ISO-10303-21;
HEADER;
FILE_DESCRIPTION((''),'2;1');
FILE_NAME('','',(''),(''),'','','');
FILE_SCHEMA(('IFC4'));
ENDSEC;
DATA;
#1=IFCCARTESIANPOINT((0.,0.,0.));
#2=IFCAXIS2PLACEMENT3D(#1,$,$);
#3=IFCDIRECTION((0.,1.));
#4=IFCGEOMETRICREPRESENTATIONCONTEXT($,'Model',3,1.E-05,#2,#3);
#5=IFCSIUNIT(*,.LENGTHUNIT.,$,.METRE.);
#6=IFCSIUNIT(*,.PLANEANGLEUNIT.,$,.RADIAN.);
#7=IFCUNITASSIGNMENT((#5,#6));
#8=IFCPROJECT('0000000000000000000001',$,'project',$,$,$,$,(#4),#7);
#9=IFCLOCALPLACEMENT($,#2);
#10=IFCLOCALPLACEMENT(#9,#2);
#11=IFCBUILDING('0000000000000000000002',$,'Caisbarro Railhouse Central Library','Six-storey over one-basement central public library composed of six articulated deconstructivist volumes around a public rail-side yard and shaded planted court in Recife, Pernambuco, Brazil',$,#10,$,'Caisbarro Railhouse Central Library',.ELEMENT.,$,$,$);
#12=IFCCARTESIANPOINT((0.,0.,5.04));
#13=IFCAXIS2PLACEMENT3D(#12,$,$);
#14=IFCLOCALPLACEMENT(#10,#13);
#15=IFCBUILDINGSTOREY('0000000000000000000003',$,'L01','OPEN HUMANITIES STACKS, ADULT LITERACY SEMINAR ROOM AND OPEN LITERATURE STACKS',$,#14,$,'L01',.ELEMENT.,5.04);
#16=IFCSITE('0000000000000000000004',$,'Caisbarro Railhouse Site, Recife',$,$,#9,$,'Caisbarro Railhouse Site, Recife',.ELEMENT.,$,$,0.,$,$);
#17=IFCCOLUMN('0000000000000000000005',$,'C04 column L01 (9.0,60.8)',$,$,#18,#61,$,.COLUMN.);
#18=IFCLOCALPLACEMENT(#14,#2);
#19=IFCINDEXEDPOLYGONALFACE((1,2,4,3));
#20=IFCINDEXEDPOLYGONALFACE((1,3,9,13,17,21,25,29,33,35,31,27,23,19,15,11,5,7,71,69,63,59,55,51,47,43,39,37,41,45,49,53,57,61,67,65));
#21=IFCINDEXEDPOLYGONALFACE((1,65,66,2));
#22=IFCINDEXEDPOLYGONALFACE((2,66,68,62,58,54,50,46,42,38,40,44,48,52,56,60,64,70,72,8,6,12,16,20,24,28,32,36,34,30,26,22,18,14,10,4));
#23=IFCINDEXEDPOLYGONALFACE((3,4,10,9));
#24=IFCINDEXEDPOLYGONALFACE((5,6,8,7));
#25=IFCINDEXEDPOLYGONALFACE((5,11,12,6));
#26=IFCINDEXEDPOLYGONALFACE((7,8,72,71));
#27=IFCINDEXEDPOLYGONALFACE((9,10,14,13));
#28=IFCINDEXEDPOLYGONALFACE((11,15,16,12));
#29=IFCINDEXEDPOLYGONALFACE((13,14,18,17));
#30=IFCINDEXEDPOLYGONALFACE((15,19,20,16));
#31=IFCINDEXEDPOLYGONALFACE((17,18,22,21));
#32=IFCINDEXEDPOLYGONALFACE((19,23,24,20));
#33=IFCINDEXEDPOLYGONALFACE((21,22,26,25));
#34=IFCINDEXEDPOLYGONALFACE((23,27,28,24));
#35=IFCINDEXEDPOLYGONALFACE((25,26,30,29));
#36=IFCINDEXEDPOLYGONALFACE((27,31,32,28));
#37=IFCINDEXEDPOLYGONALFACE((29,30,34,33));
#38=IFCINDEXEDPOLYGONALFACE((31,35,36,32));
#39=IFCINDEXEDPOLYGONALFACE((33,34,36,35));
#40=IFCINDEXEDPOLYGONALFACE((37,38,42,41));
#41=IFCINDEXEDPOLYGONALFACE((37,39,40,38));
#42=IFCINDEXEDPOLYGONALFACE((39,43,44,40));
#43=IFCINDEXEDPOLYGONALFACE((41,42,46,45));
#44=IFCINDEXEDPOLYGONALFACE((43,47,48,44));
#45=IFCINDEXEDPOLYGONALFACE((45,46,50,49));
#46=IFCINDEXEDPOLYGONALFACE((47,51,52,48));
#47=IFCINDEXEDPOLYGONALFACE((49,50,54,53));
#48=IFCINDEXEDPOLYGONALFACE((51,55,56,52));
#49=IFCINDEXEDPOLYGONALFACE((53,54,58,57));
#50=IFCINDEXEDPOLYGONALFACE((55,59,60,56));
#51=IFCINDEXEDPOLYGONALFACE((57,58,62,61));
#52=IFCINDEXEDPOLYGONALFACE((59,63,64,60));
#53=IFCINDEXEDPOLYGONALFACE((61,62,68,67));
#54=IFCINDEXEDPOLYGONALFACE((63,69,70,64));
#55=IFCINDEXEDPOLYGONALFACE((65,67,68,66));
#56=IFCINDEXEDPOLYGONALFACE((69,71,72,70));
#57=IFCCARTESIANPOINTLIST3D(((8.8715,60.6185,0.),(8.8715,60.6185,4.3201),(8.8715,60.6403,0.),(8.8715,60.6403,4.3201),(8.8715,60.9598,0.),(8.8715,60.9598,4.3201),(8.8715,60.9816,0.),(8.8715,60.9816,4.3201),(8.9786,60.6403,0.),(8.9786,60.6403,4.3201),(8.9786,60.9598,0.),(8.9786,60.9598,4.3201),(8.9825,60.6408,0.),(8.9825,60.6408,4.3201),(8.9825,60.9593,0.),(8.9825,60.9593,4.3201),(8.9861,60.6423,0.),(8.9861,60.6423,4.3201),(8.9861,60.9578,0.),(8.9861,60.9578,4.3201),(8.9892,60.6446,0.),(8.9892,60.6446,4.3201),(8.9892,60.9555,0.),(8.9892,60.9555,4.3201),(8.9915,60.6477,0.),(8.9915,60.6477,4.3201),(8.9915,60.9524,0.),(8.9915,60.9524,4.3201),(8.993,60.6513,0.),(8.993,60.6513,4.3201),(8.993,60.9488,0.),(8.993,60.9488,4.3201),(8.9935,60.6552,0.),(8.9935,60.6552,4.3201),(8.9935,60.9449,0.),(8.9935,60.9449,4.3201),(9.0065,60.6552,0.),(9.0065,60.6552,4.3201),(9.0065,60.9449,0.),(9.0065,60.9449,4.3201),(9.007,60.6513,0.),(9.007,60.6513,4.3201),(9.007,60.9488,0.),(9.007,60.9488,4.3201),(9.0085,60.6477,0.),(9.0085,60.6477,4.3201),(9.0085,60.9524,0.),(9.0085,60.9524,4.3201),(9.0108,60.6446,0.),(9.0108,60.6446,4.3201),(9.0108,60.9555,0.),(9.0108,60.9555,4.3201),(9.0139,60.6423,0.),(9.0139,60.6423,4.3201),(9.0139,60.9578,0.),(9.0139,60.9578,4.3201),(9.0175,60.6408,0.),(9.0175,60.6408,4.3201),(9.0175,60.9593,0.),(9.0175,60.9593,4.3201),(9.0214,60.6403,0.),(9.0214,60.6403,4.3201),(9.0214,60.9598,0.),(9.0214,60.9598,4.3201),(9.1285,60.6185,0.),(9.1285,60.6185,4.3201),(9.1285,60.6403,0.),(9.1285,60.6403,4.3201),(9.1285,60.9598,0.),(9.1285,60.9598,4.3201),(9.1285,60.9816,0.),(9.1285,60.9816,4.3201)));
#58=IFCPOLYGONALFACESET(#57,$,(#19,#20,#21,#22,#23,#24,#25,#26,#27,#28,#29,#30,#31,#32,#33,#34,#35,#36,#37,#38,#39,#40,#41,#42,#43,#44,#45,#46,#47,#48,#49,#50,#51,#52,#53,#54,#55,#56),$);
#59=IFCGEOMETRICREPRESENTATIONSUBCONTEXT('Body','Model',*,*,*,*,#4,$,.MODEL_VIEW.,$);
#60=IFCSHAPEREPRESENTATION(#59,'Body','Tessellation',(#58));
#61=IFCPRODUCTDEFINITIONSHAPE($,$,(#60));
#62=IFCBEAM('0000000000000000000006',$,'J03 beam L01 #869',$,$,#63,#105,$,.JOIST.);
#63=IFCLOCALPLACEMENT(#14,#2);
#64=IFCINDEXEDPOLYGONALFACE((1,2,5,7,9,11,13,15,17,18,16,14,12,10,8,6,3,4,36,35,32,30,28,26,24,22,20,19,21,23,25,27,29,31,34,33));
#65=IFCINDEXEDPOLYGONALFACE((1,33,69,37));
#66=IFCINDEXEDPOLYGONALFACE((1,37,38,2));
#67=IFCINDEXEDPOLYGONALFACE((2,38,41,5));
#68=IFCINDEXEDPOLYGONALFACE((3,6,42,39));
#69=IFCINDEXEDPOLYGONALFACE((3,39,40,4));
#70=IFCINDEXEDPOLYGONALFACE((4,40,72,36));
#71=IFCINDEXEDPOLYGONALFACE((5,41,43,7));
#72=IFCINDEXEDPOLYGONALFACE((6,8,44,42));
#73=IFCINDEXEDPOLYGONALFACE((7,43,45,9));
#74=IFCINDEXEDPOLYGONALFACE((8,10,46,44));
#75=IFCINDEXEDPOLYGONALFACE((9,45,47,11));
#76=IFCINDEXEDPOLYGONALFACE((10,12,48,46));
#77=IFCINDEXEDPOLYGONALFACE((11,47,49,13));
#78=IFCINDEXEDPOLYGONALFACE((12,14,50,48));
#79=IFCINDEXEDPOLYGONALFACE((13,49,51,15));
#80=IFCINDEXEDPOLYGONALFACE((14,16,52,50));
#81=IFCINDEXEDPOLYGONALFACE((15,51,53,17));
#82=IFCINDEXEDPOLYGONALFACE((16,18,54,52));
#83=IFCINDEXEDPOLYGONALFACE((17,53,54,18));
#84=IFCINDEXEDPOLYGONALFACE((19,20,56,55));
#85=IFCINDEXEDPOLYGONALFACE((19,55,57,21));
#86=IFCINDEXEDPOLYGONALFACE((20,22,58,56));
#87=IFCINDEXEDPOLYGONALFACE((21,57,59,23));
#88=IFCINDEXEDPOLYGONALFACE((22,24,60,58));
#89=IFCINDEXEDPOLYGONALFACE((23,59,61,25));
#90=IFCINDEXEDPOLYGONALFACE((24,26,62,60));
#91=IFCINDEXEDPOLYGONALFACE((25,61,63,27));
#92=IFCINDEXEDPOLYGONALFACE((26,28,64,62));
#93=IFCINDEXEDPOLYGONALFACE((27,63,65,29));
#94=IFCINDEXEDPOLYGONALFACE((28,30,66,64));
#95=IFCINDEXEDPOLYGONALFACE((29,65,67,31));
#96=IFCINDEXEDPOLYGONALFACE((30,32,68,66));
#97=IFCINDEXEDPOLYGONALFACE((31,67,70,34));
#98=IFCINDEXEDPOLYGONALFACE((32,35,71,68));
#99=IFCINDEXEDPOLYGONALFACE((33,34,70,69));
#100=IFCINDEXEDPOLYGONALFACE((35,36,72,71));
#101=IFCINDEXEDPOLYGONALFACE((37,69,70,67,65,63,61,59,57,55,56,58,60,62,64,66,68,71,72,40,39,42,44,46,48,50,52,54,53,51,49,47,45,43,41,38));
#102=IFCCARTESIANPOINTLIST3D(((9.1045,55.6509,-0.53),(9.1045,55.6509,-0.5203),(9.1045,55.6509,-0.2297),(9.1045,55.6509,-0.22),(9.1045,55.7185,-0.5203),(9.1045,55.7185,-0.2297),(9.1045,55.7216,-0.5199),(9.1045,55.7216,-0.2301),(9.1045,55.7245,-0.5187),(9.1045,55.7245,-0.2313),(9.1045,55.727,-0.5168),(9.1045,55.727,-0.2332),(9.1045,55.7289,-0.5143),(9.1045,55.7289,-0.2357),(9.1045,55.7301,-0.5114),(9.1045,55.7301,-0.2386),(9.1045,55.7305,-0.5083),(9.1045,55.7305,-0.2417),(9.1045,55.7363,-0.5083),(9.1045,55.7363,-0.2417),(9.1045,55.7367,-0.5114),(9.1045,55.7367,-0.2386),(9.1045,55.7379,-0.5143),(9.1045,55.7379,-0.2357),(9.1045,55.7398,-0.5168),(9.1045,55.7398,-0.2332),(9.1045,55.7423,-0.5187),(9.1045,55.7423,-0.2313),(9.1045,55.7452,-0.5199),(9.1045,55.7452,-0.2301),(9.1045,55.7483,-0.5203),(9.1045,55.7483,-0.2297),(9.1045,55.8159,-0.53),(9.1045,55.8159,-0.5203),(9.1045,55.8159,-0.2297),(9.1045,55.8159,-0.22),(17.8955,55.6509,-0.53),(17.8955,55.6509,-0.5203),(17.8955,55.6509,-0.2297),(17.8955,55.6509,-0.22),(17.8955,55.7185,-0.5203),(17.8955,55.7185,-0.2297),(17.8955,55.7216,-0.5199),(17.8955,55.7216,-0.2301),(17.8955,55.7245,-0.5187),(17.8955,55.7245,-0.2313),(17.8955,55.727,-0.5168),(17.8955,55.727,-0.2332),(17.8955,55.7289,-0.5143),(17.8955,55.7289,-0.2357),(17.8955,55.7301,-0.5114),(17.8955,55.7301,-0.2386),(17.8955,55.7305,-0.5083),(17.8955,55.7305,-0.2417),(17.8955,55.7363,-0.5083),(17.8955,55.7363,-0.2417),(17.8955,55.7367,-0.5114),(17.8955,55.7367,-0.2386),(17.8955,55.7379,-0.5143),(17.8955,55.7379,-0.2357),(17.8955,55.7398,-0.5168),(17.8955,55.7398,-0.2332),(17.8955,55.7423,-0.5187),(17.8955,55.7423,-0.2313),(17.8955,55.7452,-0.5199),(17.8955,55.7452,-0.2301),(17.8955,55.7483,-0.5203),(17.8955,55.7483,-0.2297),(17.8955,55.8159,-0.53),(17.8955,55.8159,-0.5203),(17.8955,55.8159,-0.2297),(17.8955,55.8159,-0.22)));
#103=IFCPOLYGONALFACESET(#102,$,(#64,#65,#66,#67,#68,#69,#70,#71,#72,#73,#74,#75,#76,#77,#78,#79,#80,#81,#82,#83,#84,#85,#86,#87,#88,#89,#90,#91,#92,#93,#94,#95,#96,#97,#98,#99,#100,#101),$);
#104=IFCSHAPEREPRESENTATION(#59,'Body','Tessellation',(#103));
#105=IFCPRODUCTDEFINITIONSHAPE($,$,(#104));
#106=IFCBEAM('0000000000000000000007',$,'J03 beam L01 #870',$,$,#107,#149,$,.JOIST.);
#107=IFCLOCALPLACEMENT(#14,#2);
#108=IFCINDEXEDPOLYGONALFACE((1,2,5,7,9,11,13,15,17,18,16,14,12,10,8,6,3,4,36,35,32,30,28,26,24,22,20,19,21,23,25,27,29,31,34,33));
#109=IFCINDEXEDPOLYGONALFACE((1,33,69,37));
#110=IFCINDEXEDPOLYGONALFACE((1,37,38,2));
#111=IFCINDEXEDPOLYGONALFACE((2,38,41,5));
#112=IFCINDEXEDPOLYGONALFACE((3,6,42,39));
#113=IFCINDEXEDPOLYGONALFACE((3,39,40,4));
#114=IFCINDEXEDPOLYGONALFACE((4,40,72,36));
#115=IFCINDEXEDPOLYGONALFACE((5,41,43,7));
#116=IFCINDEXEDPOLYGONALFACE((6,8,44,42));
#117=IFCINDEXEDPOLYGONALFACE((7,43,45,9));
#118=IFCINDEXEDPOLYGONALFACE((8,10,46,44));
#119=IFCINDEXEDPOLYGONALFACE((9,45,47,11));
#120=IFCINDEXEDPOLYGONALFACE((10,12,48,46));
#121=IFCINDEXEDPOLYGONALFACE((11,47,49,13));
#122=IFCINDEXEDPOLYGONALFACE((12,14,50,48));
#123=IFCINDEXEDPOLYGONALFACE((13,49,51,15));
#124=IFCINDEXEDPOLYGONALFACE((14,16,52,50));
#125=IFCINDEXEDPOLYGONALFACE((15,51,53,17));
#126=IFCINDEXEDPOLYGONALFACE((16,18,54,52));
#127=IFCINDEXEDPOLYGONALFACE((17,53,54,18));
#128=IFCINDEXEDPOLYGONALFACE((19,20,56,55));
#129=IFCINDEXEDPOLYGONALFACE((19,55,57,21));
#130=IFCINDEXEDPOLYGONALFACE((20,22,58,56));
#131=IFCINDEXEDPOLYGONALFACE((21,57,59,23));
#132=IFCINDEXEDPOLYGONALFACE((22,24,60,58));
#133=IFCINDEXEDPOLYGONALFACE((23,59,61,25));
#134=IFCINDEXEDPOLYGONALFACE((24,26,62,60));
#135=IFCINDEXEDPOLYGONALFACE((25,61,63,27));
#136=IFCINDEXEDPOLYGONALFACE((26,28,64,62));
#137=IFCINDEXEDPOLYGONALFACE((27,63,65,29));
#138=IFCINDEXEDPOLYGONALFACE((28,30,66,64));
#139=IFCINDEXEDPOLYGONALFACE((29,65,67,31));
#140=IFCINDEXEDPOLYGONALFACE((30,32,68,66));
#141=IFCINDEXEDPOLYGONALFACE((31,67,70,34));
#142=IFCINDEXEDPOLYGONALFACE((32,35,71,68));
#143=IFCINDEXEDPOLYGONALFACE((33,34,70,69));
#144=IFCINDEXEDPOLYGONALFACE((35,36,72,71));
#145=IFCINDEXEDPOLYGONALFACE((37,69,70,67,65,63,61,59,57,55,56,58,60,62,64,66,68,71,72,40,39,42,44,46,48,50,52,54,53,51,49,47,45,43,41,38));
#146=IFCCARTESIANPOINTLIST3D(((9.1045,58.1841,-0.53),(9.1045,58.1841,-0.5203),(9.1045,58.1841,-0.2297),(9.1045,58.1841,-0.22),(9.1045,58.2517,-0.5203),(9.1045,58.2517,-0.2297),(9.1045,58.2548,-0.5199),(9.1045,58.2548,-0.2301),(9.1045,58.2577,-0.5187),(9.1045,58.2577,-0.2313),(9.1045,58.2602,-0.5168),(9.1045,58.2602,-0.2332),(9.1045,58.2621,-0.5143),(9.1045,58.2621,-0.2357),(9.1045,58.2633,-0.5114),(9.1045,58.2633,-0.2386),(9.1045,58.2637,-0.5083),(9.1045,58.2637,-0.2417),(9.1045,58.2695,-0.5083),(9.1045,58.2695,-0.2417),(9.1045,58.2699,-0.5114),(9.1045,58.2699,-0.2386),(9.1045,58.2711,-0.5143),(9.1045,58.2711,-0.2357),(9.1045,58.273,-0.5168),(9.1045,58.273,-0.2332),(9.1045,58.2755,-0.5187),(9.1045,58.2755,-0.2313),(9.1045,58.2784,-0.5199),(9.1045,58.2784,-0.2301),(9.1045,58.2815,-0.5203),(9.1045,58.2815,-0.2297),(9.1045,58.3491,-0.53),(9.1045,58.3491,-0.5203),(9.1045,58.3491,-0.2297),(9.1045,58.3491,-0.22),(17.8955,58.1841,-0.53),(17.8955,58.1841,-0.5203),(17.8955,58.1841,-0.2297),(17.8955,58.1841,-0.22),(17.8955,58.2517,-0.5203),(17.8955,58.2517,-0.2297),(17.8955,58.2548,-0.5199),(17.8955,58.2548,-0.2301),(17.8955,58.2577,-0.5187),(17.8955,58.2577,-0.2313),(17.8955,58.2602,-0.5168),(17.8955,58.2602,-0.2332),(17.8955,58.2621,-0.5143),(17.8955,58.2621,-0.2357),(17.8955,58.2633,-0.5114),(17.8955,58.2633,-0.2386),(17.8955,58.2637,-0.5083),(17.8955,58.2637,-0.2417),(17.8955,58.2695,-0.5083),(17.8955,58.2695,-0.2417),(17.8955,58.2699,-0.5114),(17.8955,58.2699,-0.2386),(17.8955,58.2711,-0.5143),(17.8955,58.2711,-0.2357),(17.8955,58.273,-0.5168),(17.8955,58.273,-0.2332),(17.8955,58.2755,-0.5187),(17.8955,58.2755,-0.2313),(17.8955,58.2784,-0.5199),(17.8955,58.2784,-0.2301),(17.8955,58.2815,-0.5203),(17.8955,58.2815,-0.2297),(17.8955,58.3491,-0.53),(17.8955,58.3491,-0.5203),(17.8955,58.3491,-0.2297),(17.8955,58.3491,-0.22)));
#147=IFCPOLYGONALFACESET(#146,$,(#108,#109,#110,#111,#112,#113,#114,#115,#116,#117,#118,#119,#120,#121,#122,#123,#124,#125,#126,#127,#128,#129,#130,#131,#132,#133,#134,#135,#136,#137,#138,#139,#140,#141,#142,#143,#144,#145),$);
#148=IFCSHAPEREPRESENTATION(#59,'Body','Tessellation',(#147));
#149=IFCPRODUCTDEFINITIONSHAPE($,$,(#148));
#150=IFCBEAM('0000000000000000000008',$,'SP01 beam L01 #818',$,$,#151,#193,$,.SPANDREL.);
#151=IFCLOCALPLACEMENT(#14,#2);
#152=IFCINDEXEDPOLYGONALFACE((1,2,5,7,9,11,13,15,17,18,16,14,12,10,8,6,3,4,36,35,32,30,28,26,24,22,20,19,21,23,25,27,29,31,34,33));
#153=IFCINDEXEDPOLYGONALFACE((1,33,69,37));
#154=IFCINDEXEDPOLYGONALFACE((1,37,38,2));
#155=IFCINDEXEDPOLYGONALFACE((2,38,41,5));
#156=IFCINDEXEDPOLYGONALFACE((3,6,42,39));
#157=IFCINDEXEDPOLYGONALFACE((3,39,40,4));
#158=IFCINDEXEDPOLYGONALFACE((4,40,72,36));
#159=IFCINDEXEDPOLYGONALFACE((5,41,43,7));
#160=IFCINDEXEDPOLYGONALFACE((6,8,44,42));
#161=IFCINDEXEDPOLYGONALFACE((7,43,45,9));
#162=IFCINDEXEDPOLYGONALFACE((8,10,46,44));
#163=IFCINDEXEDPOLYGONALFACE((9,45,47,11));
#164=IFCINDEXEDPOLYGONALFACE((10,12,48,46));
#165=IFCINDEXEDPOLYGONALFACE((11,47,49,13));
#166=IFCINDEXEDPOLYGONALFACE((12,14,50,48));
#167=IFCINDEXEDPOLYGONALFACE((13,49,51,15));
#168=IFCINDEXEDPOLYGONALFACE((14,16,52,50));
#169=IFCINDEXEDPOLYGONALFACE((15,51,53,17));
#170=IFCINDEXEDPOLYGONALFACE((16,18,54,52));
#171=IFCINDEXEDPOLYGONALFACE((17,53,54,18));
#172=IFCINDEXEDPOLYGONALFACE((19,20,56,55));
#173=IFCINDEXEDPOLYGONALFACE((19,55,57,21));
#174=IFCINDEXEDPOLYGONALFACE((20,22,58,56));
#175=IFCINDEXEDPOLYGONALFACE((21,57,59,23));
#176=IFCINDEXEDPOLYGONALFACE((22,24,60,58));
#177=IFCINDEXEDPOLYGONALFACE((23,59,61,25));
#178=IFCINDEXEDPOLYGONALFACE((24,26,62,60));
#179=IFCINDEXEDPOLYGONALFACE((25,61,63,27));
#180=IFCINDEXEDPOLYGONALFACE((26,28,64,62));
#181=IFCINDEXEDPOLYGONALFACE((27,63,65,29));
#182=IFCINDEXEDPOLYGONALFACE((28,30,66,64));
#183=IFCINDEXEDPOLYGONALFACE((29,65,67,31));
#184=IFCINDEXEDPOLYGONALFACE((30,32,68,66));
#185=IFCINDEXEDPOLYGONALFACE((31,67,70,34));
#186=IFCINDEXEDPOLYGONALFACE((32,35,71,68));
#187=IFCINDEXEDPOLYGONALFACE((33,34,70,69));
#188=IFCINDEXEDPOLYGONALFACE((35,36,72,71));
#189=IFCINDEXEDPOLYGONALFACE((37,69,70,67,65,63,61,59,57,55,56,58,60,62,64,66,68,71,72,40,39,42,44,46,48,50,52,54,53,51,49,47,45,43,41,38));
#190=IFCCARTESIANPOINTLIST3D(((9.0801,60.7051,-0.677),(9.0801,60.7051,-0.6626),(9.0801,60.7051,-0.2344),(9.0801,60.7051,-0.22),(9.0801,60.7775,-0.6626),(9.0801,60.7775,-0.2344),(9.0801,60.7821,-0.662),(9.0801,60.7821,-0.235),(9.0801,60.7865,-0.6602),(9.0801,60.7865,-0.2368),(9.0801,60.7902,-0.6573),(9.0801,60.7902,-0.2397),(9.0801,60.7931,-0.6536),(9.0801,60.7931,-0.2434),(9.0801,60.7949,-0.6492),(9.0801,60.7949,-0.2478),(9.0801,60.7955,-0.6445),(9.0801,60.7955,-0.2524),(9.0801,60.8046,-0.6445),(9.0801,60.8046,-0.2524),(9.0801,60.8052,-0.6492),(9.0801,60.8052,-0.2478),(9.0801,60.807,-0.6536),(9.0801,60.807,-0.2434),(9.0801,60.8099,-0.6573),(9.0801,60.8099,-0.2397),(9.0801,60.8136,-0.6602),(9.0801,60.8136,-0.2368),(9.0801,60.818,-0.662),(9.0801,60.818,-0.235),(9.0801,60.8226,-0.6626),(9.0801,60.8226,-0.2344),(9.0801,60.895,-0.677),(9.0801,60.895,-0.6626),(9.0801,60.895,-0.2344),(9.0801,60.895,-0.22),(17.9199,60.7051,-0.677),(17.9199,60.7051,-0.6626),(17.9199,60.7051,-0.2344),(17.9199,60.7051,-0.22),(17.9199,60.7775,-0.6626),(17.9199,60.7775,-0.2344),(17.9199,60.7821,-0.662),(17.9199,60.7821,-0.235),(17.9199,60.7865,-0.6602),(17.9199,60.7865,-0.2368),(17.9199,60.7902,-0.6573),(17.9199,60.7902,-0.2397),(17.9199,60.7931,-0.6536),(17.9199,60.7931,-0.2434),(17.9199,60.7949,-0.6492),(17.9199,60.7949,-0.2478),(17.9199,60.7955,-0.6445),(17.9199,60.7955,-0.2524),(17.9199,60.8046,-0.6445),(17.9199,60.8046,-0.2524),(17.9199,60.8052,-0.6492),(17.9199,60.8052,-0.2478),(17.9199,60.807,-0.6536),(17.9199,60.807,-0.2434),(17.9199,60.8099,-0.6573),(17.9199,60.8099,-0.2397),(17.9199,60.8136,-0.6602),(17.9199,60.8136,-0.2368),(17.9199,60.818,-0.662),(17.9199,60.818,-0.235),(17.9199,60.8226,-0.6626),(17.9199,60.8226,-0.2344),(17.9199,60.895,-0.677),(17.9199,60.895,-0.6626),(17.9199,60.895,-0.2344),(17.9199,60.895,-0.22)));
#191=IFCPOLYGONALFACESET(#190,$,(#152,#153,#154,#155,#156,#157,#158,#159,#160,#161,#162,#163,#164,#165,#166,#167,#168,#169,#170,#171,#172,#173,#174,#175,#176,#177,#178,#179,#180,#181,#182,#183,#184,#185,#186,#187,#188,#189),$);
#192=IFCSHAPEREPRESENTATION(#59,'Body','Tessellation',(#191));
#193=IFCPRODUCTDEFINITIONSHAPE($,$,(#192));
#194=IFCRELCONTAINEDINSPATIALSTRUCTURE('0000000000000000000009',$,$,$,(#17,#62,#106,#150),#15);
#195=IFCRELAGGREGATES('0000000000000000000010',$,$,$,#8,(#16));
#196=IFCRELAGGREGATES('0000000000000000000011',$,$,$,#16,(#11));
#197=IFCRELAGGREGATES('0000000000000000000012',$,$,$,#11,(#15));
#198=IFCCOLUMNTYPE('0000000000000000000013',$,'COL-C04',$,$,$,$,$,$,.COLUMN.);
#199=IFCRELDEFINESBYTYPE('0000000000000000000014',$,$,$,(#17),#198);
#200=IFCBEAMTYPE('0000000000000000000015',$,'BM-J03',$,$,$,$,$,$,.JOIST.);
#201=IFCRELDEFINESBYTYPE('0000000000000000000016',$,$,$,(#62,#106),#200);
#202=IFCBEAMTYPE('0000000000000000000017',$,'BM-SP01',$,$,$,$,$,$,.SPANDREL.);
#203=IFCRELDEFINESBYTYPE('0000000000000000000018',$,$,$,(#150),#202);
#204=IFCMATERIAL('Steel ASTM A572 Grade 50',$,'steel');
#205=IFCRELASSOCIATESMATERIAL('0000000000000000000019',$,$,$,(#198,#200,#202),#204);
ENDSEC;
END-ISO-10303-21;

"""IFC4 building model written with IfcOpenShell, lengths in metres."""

from ifc_helpers import new_model, si_unit, direction, frame, origin, origin_2d, place, context, subcontext, project, spatial, i_section, extrude, material, material_profile, profile_set, type_object, element, save


model = new_model("IFC4")

# Units and contexts
model_context = context("Model", 3, precision=1e-05, world=origin(), true_north=direction((0.0, 1.0)))
body_context = subcontext(model_context, "Body", "Model", "MODEL_VIEW")
ifc_project = project(units=[si_unit("LENGTHUNIT", "METRE"), si_unit("PLANEANGLEUNIT", "RADIAN")], contexts=[model_context])

# Site, building, storey
site_placement = place(None, origin())
site = spatial("IfcSite", under=ifc_project, at=site_placement, Name="Caisbarro Railhouse Site, Recife", LongName="Caisbarro Railhouse Site, Recife", CompositionType="ELEMENT", RefElevation=0.0)
building_placement = place(site_placement, origin())
building = spatial("IfcBuilding", under=site, at=building_placement, Name="Caisbarro Railhouse Central Library", Description="Six-storey over one-basement central public library composed of six articulated deconstructivist volumes around a public rail-side yard and shaded planted court in Recife, Pernambuco, Brazil", LongName="Caisbarro Railhouse Central Library", CompositionType="ELEMENT")
storey_placement = place(building_placement, frame((0.0, 0.0, 5.04)))
storey = spatial("IfcBuildingStorey", under=building, at=storey_placement, Name="L01", Description="OPEN HUMANITIES STACKS, ADULT LITERACY SEMINAR ROOM AND OPEN LITERATURE STACKS", LongName="L01", CompositionType="ELEMENT", Elevation=5.04)

# Column
ifc_material_1 = material(Name="Steel ASTM A572 Grade 50", Category="steel")
ifc_material_profile_1 = material_profile(ifc_material_1, i_section(OverallWidth=0.2571, OverallDepth=0.363, WebThickness=0.0129, FlangeThickness=0.0217, FilletRadius=0.0149, at=origin_2d()), Name="W360X122.0")
ifc_profile_set_1 = profile_set([ifc_material_profile_1], Name="Steel ASTM A572 Grade 50")
column_type = type_object("IfcColumnType", Name="COL-C04", PredefinedType="COLUMN", material=ifc_profile_set_1)
column_placement = place(storey_placement, frame((9.0, 60.8, 0.0), z_axis=(0.0, 0.0, 1.0), x_axis=(1.0, 0.0, 0.0)))
element("IfcColumn", 1, at=column_placement, inside=storey, type_object=column_type, Name="C04 column L01 (9.0,60.8)", PredefinedType="COLUMN", context=body_context, shape_type="SweptSolid", body=[
    extrude(i_section(OverallWidth=0.2571, OverallDepth=0.363, WebThickness=0.0129, FlangeThickness=0.0217, FilletRadius=0.0149, at=origin_2d()), origin(), (0.0, 0.0, 1.0), 4.3201),
])

# Beams
ifc_material_profile_2 = material_profile(ifc_material_1, i_section(OverallWidth=0.165, OverallDepth=0.3101, WebThickness=0.0059, FlangeThickness=0.0098, FilletRadius=0.012, at=origin_2d()), Name="W310X38.7")
ifc_profile_set_2 = profile_set([ifc_material_profile_2], Name="Steel ASTM A572 Grade 50")
beam_type_1 = type_object("IfcBeamType", Name="BM-J03", PredefinedType="JOIST", material=ifc_profile_set_2)
for number, where, z_axis, x_axis, name in (
    (2, (9.1045, 55.7334, -0.375), (1.0, 0.0, 0.0), (0.0, 1.0, 0.0), "J03 beam L01 #869"),
    (3, (9.1045, 58.2666, -0.375), (1.0, 0.0, 0.0), (0.0, 1.0, 0.0), "J03 beam L01 #870"),
):
    element("IfcBeam", number, at=place(storey_placement, frame(where, z_axis=z_axis, x_axis=x_axis)), inside=storey, type_object=beam_type_1, Name=name, PredefinedType="JOIST", context=body_context, shape_type="SweptSolid", body=[
        extrude(i_section(OverallWidth=0.165, OverallDepth=0.3101, WebThickness=0.0059, FlangeThickness=0.0098, FilletRadius=0.012, at=origin_2d()), origin(), (0.0, 0.0, 1.0), 8.791),
    ])
ifc_material_profile_3 = material_profile(ifc_material_1, i_section(OverallWidth=0.1899, OverallDepth=0.457, WebThickness=0.009, FlangeThickness=0.0144, FilletRadius=0.0181, at=origin_2d()), Name="W460X74.0")
ifc_profile_set_3 = profile_set([ifc_material_profile_3], Name="Steel ASTM A572 Grade 50")
beam_type_2 = type_object("IfcBeamType", Name="BM-SP01", PredefinedType="SPANDREL", material=ifc_profile_set_3)
beam_placement = place(storey_placement, frame((9.0801, 60.8, -0.4485), z_axis=(1.0, 0.0, 0.0), x_axis=(0.0, 1.0, 0.0)))
element("IfcBeam", 4, at=beam_placement, inside=storey, type_object=beam_type_2, Name="SP01 beam L01 #818", PredefinedType="SPANDREL", context=body_context, shape_type="SweptSolid", body=[
    extrude(i_section(OverallWidth=0.1899, OverallDepth=0.457, WebThickness=0.009, FlangeThickness=0.0144, FilletRadius=0.0181, at=origin_2d()), origin(), (0.0, 0.0, 1.0), 8.8398),
])

save(model, "model.ifc")
